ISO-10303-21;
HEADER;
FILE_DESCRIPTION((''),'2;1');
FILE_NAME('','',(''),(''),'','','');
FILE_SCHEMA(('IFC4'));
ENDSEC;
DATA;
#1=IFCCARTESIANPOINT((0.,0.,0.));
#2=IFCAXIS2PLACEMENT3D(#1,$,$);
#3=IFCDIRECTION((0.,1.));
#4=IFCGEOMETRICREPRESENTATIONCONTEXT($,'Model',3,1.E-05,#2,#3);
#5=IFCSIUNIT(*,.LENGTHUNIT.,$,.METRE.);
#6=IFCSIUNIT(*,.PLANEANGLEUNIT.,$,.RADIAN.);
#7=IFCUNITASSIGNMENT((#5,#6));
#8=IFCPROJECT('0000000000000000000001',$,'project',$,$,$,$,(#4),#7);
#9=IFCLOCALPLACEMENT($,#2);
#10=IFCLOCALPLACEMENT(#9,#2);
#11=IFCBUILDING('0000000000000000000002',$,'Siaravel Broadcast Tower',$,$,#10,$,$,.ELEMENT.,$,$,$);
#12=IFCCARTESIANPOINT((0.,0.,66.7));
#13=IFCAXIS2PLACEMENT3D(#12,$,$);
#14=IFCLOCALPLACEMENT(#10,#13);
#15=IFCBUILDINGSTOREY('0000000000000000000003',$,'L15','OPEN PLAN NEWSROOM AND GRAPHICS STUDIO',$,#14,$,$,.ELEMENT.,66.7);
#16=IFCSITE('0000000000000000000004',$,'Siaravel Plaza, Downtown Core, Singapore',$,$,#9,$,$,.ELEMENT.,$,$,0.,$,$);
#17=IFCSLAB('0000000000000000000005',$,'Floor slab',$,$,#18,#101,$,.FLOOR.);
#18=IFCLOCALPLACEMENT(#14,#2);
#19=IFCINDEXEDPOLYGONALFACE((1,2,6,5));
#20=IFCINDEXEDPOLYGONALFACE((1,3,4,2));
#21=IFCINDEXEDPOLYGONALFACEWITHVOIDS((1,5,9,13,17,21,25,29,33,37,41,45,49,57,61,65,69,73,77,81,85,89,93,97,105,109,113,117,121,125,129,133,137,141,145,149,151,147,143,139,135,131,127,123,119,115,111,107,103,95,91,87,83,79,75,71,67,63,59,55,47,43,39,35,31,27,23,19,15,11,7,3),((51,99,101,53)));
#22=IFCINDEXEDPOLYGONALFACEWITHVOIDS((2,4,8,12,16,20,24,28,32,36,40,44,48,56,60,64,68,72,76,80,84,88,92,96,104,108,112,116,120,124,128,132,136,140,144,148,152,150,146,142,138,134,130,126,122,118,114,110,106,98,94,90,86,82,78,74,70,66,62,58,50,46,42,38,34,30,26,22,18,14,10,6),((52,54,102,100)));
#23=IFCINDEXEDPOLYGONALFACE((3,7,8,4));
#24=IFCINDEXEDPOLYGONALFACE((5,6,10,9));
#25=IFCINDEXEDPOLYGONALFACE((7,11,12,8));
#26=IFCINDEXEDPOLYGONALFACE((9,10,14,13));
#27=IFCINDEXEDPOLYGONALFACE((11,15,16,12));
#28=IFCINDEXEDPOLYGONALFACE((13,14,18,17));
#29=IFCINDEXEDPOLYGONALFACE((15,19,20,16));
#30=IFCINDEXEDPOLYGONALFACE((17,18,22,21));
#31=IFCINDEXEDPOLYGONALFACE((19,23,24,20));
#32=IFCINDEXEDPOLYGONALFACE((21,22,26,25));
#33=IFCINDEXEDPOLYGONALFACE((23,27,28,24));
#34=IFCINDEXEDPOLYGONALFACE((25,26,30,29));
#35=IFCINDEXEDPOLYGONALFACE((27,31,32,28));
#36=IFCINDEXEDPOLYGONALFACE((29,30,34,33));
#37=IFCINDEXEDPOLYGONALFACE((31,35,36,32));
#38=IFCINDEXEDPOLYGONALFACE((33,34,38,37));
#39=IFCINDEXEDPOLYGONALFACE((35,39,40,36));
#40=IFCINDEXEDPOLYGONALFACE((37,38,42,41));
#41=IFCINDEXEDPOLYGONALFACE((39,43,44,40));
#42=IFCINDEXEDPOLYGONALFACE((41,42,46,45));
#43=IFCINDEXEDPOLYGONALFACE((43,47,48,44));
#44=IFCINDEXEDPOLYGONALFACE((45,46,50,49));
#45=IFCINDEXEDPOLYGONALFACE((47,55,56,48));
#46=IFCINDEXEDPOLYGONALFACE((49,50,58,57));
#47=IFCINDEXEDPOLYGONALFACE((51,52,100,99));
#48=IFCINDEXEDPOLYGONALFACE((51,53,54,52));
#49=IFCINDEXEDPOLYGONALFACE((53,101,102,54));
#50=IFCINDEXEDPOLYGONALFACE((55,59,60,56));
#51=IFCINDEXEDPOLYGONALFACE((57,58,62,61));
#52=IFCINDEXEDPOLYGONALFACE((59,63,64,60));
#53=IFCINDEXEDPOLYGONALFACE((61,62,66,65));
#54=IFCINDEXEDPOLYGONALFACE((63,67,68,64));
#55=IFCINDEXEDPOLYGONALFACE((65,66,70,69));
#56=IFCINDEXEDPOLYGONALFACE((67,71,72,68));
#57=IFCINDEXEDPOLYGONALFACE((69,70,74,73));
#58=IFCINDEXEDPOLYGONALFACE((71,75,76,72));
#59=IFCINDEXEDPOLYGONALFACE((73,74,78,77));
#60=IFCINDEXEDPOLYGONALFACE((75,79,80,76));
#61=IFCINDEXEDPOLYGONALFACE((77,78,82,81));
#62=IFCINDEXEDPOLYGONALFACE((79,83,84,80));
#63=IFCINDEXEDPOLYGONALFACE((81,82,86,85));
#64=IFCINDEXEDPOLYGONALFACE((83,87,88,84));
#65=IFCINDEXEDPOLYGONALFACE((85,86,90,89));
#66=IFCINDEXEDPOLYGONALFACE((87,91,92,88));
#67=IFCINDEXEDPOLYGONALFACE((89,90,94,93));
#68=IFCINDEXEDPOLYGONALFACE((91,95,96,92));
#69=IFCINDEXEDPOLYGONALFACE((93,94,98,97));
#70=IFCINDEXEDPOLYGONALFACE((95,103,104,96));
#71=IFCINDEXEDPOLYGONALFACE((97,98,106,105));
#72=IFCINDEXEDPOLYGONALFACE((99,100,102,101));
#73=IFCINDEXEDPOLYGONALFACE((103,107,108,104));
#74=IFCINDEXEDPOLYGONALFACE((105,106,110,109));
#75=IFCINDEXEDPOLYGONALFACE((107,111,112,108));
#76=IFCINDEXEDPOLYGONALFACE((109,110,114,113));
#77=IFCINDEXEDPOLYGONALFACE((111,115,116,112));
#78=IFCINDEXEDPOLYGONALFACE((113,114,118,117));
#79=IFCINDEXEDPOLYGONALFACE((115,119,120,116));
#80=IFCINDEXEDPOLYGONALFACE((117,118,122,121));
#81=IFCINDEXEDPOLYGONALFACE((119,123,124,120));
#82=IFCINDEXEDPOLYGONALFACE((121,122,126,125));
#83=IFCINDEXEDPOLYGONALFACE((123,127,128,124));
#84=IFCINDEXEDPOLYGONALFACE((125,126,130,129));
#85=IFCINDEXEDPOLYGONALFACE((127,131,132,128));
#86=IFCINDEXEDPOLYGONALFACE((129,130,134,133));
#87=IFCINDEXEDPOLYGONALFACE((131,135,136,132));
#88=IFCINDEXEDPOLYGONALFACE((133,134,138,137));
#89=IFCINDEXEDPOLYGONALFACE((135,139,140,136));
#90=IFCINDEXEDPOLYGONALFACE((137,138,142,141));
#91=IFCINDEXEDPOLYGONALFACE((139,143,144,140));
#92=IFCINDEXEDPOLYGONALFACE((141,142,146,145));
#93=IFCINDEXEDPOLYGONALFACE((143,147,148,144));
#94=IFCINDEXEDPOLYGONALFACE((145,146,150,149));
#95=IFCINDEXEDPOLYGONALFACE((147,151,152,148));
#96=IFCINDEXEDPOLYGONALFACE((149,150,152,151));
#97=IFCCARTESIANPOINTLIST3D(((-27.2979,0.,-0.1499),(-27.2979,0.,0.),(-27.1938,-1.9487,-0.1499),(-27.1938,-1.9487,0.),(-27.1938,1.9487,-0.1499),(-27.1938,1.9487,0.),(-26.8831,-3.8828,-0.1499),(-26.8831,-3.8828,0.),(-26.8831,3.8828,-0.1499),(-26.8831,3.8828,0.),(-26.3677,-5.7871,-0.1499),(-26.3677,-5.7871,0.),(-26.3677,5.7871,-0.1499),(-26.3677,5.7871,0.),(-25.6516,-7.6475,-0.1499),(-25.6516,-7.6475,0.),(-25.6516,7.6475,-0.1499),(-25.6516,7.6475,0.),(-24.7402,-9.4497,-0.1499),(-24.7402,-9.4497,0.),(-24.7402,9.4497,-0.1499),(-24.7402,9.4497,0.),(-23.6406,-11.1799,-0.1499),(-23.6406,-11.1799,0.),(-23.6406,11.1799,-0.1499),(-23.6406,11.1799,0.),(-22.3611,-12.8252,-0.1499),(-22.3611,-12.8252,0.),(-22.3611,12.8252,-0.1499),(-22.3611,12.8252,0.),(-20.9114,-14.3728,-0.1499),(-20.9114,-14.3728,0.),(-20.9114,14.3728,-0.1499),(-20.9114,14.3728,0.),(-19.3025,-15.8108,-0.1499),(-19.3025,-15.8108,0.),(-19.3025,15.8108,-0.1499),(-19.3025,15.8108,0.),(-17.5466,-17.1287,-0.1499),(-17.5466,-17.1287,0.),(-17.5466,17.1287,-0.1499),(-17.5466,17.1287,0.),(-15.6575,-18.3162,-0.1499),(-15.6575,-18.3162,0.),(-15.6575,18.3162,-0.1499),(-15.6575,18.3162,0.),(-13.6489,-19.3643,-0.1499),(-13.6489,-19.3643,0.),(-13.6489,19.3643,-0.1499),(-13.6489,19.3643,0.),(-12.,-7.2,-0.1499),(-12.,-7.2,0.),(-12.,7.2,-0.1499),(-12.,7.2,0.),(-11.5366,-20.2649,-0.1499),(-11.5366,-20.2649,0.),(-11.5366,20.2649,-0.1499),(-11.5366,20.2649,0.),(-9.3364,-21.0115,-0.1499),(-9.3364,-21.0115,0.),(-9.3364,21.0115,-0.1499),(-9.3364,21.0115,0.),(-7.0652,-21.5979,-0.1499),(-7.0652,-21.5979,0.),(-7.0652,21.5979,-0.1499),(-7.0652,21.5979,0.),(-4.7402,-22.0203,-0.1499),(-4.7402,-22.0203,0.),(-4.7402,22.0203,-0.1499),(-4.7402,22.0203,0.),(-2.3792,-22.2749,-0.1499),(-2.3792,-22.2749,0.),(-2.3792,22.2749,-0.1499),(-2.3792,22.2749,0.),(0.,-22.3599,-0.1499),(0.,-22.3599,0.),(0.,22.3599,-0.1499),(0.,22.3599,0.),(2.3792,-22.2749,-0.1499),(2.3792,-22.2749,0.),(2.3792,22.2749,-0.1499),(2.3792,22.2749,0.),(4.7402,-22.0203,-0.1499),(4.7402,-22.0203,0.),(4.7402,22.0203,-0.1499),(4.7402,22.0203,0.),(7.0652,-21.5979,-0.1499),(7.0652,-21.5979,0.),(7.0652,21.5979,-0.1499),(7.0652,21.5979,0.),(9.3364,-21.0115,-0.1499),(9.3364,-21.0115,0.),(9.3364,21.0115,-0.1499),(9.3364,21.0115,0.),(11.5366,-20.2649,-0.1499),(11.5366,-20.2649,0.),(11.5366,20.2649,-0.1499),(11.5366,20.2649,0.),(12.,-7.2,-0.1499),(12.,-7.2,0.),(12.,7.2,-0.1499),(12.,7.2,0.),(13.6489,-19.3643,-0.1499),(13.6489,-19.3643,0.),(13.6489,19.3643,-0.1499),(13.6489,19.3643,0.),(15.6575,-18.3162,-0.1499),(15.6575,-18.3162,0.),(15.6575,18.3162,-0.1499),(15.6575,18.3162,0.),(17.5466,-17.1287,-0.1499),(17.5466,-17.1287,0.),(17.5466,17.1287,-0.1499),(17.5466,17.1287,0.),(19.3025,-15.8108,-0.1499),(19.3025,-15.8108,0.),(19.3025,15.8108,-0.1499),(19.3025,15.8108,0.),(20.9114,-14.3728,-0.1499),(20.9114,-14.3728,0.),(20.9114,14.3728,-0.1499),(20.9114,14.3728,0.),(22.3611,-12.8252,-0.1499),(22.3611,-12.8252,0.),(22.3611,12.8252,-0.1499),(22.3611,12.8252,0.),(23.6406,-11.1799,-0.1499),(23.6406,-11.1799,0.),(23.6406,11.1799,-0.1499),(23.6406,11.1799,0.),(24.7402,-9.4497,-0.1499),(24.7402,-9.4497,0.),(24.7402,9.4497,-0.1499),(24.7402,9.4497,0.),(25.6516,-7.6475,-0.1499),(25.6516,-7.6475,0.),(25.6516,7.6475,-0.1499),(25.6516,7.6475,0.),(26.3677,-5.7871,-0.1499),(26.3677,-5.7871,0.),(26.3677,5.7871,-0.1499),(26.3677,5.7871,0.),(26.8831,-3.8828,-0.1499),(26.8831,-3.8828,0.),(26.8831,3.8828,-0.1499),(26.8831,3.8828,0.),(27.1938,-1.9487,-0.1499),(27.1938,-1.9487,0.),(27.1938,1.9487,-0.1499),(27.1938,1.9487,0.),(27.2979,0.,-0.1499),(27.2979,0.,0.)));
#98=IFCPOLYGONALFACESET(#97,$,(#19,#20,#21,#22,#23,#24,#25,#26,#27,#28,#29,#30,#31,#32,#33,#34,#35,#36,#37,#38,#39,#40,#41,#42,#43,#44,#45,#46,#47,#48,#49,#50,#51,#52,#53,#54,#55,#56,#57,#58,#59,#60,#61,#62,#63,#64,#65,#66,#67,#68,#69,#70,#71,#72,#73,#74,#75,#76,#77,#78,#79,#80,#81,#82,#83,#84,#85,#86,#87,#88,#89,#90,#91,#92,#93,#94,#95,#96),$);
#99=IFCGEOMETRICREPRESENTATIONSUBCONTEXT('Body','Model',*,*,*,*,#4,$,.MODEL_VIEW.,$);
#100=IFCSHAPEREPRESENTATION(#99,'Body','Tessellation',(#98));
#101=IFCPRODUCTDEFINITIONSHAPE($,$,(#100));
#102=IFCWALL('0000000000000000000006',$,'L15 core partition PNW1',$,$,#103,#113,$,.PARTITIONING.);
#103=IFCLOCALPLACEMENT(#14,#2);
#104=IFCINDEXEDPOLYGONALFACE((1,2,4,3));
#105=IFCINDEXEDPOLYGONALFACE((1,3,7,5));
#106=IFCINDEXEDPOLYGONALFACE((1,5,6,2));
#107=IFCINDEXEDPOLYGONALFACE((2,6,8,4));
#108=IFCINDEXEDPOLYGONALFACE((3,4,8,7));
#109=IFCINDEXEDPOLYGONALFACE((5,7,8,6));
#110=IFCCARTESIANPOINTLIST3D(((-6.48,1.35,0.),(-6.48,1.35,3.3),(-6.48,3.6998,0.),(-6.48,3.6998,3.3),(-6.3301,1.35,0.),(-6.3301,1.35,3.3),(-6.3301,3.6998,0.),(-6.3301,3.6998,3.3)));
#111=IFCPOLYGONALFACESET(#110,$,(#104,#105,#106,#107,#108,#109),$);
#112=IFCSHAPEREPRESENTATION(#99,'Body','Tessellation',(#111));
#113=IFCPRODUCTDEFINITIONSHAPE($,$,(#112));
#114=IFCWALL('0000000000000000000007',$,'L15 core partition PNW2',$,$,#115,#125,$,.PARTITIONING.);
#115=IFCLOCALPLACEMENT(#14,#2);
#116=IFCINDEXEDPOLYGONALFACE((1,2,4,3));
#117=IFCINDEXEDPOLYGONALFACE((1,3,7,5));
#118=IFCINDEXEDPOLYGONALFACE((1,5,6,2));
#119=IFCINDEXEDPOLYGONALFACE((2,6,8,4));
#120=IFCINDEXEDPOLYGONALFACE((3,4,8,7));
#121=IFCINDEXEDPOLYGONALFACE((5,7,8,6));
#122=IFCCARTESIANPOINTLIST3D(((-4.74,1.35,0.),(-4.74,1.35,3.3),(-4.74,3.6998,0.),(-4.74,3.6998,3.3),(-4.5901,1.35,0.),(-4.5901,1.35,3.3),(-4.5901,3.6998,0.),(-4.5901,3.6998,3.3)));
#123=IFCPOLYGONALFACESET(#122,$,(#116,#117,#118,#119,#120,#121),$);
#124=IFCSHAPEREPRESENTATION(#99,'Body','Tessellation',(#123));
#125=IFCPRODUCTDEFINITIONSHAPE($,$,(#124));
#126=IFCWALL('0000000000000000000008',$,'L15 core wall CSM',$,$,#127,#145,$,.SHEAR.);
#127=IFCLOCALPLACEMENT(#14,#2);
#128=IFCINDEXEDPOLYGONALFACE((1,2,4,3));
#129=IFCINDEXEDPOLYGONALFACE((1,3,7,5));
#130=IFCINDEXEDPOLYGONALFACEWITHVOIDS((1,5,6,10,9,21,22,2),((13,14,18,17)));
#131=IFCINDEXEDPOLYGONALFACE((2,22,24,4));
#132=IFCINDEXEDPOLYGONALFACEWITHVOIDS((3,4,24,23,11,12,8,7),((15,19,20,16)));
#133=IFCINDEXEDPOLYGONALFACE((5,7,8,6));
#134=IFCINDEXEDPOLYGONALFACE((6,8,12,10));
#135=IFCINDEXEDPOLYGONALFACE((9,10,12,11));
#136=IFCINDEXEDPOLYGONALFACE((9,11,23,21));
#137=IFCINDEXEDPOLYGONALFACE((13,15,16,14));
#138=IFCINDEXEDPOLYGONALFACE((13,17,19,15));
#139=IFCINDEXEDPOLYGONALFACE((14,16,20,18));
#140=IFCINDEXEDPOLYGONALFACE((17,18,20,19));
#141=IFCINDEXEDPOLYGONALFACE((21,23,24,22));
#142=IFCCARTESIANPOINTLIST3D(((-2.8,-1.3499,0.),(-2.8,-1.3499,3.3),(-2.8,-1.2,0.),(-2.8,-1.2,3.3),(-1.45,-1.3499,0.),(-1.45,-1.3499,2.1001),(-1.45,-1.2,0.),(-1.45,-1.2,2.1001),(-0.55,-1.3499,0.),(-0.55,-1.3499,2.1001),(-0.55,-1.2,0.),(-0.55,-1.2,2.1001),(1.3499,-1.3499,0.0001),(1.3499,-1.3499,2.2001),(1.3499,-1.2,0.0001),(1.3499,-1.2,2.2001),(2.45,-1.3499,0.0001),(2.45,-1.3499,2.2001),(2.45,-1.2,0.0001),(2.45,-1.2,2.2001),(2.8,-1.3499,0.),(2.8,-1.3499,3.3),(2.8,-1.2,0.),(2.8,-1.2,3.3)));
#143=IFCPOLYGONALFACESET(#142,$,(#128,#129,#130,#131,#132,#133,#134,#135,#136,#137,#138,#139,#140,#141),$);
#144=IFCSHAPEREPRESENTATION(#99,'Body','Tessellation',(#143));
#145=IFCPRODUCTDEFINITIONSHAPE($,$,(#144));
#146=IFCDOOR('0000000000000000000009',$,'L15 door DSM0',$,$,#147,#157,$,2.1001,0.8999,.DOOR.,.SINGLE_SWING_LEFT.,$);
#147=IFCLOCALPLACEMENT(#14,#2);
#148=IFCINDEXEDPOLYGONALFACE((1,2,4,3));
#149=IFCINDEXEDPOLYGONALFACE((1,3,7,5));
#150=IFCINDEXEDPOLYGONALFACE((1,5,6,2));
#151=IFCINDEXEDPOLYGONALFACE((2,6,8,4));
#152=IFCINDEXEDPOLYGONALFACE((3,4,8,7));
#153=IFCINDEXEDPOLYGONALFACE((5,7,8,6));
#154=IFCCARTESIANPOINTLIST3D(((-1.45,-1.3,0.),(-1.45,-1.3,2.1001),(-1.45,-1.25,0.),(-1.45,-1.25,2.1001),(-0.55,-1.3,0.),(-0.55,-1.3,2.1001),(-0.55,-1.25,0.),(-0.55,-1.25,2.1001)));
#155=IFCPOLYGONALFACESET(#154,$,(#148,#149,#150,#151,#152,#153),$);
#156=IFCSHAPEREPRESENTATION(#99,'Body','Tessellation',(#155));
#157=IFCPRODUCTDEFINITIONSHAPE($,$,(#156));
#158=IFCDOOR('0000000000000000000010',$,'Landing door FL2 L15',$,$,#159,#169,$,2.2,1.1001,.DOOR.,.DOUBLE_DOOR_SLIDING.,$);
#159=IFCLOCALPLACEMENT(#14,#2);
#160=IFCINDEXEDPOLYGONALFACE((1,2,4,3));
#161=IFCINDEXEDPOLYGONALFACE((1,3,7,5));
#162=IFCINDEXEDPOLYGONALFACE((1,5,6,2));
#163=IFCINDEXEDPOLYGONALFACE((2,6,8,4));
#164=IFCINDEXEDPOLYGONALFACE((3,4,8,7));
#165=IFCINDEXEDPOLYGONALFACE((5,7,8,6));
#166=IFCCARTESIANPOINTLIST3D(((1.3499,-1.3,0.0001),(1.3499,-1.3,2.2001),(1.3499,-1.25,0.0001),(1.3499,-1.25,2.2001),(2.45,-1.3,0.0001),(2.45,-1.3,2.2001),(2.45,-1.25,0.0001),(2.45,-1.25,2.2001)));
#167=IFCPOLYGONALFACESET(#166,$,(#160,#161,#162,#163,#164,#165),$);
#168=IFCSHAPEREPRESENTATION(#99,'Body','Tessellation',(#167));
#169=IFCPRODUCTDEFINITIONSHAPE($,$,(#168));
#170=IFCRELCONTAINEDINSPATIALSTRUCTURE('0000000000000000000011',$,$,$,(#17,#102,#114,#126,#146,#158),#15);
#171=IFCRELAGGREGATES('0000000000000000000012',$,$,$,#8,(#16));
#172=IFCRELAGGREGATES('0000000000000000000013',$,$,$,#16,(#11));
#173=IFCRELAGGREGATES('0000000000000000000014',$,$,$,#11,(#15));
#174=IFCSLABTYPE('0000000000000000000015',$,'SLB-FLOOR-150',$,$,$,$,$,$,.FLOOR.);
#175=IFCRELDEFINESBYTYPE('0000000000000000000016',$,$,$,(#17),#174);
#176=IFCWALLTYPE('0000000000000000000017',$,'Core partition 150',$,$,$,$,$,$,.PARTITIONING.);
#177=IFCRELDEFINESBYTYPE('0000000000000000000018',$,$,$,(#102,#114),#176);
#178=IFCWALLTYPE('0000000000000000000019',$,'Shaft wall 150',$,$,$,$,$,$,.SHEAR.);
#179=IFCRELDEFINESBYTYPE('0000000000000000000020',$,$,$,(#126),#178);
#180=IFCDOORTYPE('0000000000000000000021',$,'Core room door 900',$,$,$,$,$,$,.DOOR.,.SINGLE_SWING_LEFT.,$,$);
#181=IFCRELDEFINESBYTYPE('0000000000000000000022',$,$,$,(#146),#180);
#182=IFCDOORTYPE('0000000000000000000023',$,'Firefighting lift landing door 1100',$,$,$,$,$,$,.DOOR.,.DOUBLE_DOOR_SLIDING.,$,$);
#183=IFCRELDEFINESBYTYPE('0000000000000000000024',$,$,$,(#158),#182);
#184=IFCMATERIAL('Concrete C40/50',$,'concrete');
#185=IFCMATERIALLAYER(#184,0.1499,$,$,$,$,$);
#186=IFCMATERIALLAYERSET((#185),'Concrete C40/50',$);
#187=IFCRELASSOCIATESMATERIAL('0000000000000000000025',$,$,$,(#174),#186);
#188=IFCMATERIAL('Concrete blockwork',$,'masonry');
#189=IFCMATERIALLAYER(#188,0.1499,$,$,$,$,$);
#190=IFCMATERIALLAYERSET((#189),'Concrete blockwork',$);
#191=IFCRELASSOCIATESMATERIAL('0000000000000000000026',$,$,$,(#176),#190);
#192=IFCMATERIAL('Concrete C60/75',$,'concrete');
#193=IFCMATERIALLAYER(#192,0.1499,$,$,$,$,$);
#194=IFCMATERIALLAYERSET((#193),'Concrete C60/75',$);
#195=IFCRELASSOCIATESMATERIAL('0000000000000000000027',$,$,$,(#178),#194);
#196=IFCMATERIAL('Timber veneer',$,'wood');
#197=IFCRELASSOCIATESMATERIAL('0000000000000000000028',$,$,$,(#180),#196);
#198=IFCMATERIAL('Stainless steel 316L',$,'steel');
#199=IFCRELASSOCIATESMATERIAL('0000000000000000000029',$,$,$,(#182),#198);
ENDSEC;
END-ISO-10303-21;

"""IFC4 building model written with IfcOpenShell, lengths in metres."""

from ifc_helpers import new_model, si_unit, direction, frame, frame_2d, origin, place, context, subcontext, project, spatial, polyline, rectangle, outline, extrude, material, layer, layer_set, type_object, element, fill, save


model = new_model("IFC4")

# Units and contexts
model_context = context("Model", 3, precision=1e-05, world=origin(), true_north=direction((0.0, 1.0)))
body_context = subcontext(model_context, "Body", "Model", "MODEL_VIEW")
ifc_project = project(units=[si_unit("LENGTHUNIT", "METRE"), si_unit("PLANEANGLEUNIT", "RADIAN")], contexts=[model_context])

# Site, building, storey
site_placement = place(None, origin())
site = spatial("IfcSite", under=ifc_project, at=site_placement, Name="Siaravel Plaza, Downtown Core, Singapore", CompositionType="ELEMENT", RefElevation=0.0)
building_placement = place(site_placement, origin())
building = spatial("IfcBuilding", under=site, at=building_placement, Name="Siaravel Broadcast Tower", CompositionType="ELEMENT")
storey_placement = place(building_placement, frame((0.0, 0.0, 66.7)))
storey = spatial("IfcBuildingStorey", under=building, at=storey_placement, Name="L15", Description="OPEN PLAN NEWSROOM AND GRAPHICS STUDIO", CompositionType="ELEMENT", Elevation=66.7)

# Slab
ifc_material_1 = material(Name="Concrete C40/50", Category="concrete")
ifc_layer_1 = layer(ifc_material_1, 0.1499)
ifc_layer_set_1 = layer_set([ifc_layer_1], Name="Concrete C40/50")
slab_type = type_object("IfcSlabType", Name="SLB-FLOOR-150", PredefinedType="FLOOR", material=ifc_layer_set_1)
slab_placement = place(storey_placement, frame((0.0, 0.0, -0.1499)))
element("IfcSlab", 1, at=slab_placement, inside=storey, type_object=slab_type, Name="Floor slab", PredefinedType="FLOOR", context=body_context, shape_type="SweptSolid", body=[
    extrude(outline(polyline([(27.2979, 0.0), (27.1938, 1.9487), (26.8831, 3.8828), (26.3677, 5.7871), (25.6516, 7.6475), (24.7402, 9.4497), (23.6406, 11.1799), (22.3611, 12.8252), (20.9114, 14.3728), (19.3025, 15.8108), (17.5466, 17.1287), (15.6575, 18.3162), (13.6489, 19.3643), (11.5366, 20.2649), (9.3364, 21.0115), (7.0652, 21.5979), (4.7402, 22.0203), (2.3792, 22.2749), (0.0, 22.3599), (-2.3792, 22.2749), (-4.7402, 22.0203), (-7.0652, 21.5979), (-9.3364, 21.0115), (-11.5366, 20.2649), (-13.6489, 19.3643), (-15.6575, 18.3162), (-17.5466, 17.1287), (-19.3025, 15.8108), (-20.9114, 14.3728), (-22.3611, 12.8252), (-23.6406, 11.1799), (-24.7402, 9.4497), (-25.6516, 7.6475), (-26.3677, 5.7871), (-26.8831, 3.8828), (-27.1938, 1.9487), (-27.2979, 0.0), (-27.1938, -1.9487), (-26.8831, -3.8828), (-26.3677, -5.7871), (-25.6516, -7.6475), (-24.7402, -9.4497), (-23.6406, -11.1799), (-22.3611, -12.8252), (-20.9114, -14.3728), (-19.3025, -15.8108), (-17.5466, -17.1287), (-15.6575, -18.3162), (-13.6489, -19.3643), (-11.5366, -20.2649), (-9.3364, -21.0115), (-7.0652, -21.5979), (-4.7402, -22.0203), (-2.3792, -22.2749), (0.0, -22.3599), (2.3792, -22.2749), (4.7402, -22.0203), (7.0652, -21.5979), (9.3364, -21.0115), (11.5366, -20.2649), (13.6489, -19.3643), (15.6575, -18.3162), (17.5466, -17.1287), (19.3025, -15.8108), (20.9114, -14.3728), (22.3611, -12.8252), (23.6406, -11.1799), (24.7402, -9.4497), (25.6516, -7.6475), (26.3677, -5.7871), (26.8831, -3.8828), (27.1938, -1.9487), (27.2979, 0.0)]), holes=[polyline([(-12.0, 7.2), (12.0, 7.2), (12.0, -7.2), (-12.0, -7.2), (-12.0, 7.2)])]), origin(), (0.0, 0.0, 1.0), 0.1499),
])

# Walls
ifc_material_2 = material(Name="Concrete blockwork", Category="masonry")
ifc_layer_2 = layer(ifc_material_2, 0.1499)
ifc_layer_set_2 = layer_set([ifc_layer_2], Name="Concrete blockwork")
wall_type_1 = type_object("IfcWallType", Name="Core partition 150", PredefinedType="PARTITIONING", material=ifc_layer_set_2)
for number, where, z_axis, x_axis, name in (
    (2, (-6.405, 1.3501, 0.0), (0.0, 0.0, 1.0), (0.0, 1.0, 0.0), "L15 core partition PNW1"),
    (3, (-4.665, 1.3501, 0.0), (0.0, 0.0, 1.0), (0.0, 1.0, 0.0), "L15 core partition PNW2"),
):
    element("IfcWall", number, at=place(storey_placement, frame(where, z_axis=z_axis, x_axis=x_axis)), inside=storey, type_object=wall_type_1, Name=name, PredefinedType="PARTITIONING", context=body_context, shape_type="SweptSolid", body=[
        extrude(rectangle(XDim=2.3499, YDim=0.1499, at=frame_2d((1.1748, 0.0))), origin(), (0.0, 0.0, 1.0), 3.3),
    ])

# Wall, openings, doors
ifc_material_3 = material(Name="Concrete C60/75", Category="concrete")
ifc_layer_3 = layer(ifc_material_3, 0.1499)
ifc_layer_set_3 = layer_set([ifc_layer_3], Name="Concrete C60/75")
wall_type_2 = type_object("IfcWallType", Name="Shaft wall 150", PredefinedType="SHEAR", material=ifc_layer_set_3)
wall_1_placement = place(storey_placement, frame((-2.8, -1.2749, 0.0), z_axis=(0.0, 0.0, 1.0), x_axis=(1.0, 0.0, 0.0)))
wall_1 = element("IfcWall", 4, at=wall_1_placement, inside=storey, type_object=wall_type_2, Name="L15 core wall CSM", PredefinedType="SHEAR", context=body_context, shape_type="SweptSolid", body=[
    extrude(rectangle(XDim=5.6001, YDim=0.1499, at=frame_2d((2.8, 0.0))), origin(), (0.0, 0.0, 1.0), 3.3),
])
opening_1_placement = place(wall_1_placement, frame((4.1499, 0.0, 0.0)))
opening_1 = element("IfcOpeningElement", 5, at=opening_1_placement, cuts=wall_1, PredefinedType="OPENING", context=body_context, shape_type="SweptSolid", body=[
    extrude(rectangle(XDim=1.1001, YDim=2.2, at=frame_2d((0.55, 1.1001))), frame((0.0, 0.085, 0.0), z_axis=(0.0, -1.0, 0.0), x_axis=(1.0, 0.0, 0.0)), (0.0, 0.0, 1.0), 0.1699),
])
opening_2_placement = place(wall_1_placement, frame((1.3501, 0.0, 0.0)))
opening_2 = element("IfcOpeningElement", 6, at=opening_2_placement, cuts=wall_1, PredefinedType="OPENING", context=body_context, shape_type="SweptSolid", body=[
    extrude(rectangle(XDim=0.8999, YDim=2.1001, at=frame_2d((0.45, 1.05))), frame((0.0, 0.085, 0.0), z_axis=(0.0, -1.0, 0.0), x_axis=(1.0, 0.0, 0.0)), (0.0, 0.0, 1.0), 0.1699),
])
ifc_material_4 = material(Name="Timber veneer", Category="wood")
door_type_1 = type_object("IfcDoorType", Name="Core room door 900", OperationType="SINGLE_SWING_LEFT", PredefinedType="DOOR", material=ifc_material_4)
door_1_placement = place(opening_2_placement, origin())
door_1 = element("IfcDoor", 7, at=door_1_placement, inside=storey, type_object=door_type_1, Name="L15 door DSM0", OperationType="SINGLE_SWING_LEFT", OverallHeight=2.1001, OverallWidth=0.8999, PredefinedType="DOOR", context=body_context, shape_type="SweptSolid", body=[
    extrude(rectangle(XDim=0.8999, YDim=2.1001, at=frame_2d((0.45, 1.05))), frame((0.0, 0.0249, 0.0), z_axis=(0.0, -1.0, 0.0), x_axis=(1.0, 0.0, 0.0)), (0.0, 0.0, 1.0), 0.05),
])
fill(opening_2, door_1)
ifc_material_5 = material(Name="Stainless steel 316L", Category="steel")
door_type_2 = type_object("IfcDoorType", Name="Firefighting lift landing door 1100", OperationType="DOUBLE_DOOR_SLIDING", PredefinedType="DOOR", material=ifc_material_5)
door_2_placement = place(opening_1_placement, origin())
door_2 = element("IfcDoor", 8, at=door_2_placement, inside=storey, type_object=door_type_2, Name="Landing door FL2 L15", OperationType="DOUBLE_DOOR_SLIDING", OverallHeight=2.2, OverallWidth=1.1001, PredefinedType="DOOR", context=body_context, shape_type="SweptSolid", body=[
    extrude(rectangle(XDim=1.1001, YDim=2.2, at=frame_2d((0.55, 1.1001))), frame((0.0, 0.0249, 0.0), z_axis=(0.0, -1.0, 0.0), x_axis=(1.0, 0.0, 0.0)), (0.0, 0.0, 1.0), 0.05),
])
fill(opening_1, door_2)

save(model, "model.ifc")
